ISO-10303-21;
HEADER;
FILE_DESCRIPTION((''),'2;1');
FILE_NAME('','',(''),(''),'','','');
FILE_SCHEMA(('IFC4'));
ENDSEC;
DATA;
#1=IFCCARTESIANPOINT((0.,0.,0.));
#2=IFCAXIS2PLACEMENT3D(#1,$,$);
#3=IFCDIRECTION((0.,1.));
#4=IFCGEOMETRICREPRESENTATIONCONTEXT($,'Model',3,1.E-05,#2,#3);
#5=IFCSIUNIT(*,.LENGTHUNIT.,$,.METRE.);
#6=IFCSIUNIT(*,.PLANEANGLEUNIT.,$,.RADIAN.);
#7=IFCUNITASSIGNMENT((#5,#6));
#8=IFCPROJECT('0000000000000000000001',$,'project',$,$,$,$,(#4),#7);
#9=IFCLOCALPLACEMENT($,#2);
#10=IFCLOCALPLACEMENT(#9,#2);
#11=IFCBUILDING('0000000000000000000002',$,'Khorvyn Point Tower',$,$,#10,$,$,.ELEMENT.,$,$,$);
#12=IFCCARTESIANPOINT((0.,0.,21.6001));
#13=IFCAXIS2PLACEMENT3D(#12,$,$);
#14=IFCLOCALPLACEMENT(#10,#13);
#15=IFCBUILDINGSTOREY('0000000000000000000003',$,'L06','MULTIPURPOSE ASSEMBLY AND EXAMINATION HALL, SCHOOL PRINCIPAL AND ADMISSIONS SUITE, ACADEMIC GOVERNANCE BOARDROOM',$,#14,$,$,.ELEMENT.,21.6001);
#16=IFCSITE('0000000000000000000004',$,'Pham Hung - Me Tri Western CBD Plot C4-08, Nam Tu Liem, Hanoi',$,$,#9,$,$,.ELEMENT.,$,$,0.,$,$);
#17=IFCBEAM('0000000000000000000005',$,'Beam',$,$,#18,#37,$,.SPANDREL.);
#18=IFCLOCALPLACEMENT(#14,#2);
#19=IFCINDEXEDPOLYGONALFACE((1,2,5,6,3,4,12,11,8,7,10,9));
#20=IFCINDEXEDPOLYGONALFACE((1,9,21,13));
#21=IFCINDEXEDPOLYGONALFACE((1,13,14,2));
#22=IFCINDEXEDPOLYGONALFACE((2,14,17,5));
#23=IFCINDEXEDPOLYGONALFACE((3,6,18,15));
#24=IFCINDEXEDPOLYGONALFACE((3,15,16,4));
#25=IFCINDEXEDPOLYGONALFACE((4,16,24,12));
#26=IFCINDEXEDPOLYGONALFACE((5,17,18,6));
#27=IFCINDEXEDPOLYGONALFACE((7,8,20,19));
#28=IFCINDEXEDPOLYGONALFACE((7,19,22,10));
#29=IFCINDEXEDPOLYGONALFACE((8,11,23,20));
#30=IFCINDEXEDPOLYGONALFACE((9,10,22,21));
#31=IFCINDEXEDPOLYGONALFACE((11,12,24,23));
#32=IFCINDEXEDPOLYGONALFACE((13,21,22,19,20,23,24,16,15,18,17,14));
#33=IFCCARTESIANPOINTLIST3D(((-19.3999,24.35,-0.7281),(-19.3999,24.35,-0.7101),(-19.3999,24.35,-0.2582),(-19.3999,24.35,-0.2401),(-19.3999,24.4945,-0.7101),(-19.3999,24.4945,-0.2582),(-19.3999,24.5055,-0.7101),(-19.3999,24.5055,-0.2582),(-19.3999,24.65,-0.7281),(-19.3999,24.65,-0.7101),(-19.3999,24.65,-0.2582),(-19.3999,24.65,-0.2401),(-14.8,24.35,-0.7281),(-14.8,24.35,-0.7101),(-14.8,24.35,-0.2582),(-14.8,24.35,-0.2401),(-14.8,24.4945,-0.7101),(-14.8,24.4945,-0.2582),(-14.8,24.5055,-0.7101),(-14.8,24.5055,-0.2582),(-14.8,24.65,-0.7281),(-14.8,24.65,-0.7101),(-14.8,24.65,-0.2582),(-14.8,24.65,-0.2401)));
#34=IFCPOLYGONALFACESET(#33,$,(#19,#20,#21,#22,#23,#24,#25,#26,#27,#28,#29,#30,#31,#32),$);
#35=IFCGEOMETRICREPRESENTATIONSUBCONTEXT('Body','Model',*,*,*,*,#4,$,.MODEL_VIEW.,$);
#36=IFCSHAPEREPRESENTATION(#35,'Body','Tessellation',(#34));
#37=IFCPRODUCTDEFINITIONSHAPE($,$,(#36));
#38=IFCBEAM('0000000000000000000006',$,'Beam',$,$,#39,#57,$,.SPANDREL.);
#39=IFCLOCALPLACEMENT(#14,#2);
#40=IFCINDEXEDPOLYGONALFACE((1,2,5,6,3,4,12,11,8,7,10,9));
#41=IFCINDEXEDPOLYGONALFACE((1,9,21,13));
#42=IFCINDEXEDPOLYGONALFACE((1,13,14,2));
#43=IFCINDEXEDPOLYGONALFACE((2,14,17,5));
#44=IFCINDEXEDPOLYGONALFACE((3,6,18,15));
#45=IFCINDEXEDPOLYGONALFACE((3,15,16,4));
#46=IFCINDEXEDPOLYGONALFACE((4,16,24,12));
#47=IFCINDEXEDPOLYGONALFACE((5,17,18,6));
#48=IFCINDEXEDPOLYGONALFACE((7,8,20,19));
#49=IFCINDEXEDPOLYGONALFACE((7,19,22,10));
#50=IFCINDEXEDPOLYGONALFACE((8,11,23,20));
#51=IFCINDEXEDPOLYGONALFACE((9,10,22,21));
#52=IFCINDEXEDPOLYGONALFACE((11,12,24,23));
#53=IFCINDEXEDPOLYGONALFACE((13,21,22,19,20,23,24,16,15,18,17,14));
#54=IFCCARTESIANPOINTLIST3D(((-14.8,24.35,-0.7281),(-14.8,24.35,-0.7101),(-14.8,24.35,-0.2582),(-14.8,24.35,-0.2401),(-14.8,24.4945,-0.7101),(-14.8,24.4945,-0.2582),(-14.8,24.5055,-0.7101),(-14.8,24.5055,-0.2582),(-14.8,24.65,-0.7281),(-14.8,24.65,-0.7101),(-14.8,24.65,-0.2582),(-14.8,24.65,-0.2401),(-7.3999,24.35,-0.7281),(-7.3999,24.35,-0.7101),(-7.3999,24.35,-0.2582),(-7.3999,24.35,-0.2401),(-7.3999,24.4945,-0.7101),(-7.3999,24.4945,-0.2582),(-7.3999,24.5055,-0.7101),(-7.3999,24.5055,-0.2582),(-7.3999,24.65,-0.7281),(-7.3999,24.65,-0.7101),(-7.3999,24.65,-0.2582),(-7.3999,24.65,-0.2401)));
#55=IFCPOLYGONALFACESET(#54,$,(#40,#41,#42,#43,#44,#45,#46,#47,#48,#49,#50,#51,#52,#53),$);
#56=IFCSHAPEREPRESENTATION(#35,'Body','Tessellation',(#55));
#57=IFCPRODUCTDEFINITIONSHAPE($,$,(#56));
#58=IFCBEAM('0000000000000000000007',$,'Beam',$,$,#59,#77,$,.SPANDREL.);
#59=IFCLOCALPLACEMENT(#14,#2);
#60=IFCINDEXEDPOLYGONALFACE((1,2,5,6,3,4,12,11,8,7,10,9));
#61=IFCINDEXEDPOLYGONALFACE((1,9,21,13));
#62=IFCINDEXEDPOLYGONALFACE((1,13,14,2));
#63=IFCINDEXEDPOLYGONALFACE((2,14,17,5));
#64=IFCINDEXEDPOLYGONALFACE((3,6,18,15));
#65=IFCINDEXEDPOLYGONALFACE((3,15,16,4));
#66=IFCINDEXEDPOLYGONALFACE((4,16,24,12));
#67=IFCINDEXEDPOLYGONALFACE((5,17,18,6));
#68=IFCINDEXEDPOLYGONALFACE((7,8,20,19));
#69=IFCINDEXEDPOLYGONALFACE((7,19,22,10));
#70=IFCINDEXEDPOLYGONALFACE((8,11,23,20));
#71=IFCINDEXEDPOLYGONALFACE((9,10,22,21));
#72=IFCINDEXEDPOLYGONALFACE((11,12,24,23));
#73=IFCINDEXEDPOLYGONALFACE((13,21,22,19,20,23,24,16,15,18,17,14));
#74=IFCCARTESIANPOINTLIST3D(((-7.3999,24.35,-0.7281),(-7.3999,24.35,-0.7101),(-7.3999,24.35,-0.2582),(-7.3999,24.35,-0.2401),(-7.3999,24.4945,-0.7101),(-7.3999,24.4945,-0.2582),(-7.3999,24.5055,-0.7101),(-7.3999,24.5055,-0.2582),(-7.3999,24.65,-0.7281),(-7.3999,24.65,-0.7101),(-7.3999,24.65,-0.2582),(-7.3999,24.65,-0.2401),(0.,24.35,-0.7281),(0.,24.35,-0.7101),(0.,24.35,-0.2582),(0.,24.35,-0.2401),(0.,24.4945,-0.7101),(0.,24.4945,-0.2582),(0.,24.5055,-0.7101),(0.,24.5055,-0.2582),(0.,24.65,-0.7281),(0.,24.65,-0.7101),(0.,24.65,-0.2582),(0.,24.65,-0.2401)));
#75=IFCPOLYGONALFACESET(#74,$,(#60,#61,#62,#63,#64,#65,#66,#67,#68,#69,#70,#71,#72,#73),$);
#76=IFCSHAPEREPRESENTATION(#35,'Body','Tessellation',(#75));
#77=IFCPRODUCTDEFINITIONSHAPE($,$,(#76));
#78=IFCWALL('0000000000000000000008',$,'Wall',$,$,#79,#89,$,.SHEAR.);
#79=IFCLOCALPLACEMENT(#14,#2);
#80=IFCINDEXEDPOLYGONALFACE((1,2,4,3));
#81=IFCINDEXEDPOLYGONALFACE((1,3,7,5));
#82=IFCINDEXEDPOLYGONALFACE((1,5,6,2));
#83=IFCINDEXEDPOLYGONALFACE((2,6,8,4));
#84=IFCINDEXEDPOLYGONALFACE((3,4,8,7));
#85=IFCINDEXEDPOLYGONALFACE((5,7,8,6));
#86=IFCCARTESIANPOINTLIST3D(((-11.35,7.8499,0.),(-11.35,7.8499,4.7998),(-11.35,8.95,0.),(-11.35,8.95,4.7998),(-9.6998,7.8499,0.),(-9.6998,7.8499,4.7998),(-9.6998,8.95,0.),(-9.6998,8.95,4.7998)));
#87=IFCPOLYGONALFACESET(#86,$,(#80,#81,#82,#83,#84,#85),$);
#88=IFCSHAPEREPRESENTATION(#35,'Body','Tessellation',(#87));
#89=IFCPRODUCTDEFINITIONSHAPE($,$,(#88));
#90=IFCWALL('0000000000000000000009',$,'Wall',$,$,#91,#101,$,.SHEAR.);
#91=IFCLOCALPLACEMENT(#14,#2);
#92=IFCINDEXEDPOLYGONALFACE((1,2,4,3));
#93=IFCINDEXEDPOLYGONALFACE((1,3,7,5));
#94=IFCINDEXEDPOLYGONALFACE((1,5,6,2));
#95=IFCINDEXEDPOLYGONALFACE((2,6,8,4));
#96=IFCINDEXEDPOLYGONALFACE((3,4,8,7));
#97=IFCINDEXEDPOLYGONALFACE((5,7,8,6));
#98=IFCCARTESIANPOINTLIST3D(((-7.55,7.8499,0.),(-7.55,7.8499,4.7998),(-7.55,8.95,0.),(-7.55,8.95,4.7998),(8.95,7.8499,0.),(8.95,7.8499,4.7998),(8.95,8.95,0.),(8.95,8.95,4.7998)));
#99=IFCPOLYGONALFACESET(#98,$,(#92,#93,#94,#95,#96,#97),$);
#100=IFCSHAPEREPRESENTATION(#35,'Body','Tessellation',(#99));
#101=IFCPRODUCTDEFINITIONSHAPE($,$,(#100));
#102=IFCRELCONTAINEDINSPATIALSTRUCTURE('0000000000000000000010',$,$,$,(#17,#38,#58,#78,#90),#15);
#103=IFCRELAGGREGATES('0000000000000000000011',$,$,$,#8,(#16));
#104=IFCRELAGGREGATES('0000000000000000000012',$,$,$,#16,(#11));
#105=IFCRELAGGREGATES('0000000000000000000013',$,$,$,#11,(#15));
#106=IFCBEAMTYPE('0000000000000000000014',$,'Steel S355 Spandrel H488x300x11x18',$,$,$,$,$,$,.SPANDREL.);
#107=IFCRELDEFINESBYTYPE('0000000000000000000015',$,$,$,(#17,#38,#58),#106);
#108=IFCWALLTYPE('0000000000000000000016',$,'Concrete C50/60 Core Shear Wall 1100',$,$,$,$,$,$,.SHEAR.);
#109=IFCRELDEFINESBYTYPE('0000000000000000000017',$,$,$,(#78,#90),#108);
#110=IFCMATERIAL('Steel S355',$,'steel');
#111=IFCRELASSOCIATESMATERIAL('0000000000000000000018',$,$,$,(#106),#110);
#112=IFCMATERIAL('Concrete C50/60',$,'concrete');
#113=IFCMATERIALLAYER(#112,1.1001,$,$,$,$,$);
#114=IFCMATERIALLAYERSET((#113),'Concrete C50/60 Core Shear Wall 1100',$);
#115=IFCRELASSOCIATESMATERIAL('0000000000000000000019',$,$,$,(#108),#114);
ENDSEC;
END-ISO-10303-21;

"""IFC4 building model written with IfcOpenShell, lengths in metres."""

from ifc_helpers import new_model, si_unit, direction, frame, frame_2d, origin, origin_2d, place, context, subcontext, project, spatial, rectangle, i_section, extrude, material, layer, layer_set, material_profile, profile_set, type_object, element, save


model = new_model("IFC4")

# Units and contexts
model_context = context("Model", 3, precision=1e-05, world=origin(), true_north=direction((0.0, 1.0)))
body_context = subcontext(model_context, "Body", "Model", "MODEL_VIEW")
ifc_project = project(units=[si_unit("LENGTHUNIT", "METRE"), si_unit("PLANEANGLEUNIT", "RADIAN")], contexts=[model_context])

# Site, building, storey
site_placement = place(None, origin())
site = spatial("IfcSite", under=ifc_project, at=site_placement, Name="Pham Hung - Me Tri Western CBD Plot C4-08, Nam Tu Liem, Hanoi", CompositionType="ELEMENT", RefElevation=0.0)
building_placement = place(site_placement, origin())
building = spatial("IfcBuilding", under=site, at=building_placement, Name="Khorvyn Point Tower", CompositionType="ELEMENT")
storey_placement = place(building_placement, frame((0.0, 0.0, 21.6001)))
storey = spatial("IfcBuildingStorey", under=building, at=storey_placement, Name="L06", Description="MULTIPURPOSE ASSEMBLY AND EXAMINATION HALL, SCHOOL PRINCIPAL AND ADMISSIONS SUITE, ACADEMIC GOVERNANCE BOARDROOM", CompositionType="ELEMENT", Elevation=21.6001)

# Shared definitions
ifc_material_1 = material(Name="Concrete C50/60", Category="concrete")

# Beams
ifc_material_2 = material(Name="Steel S355", Category="steel")
ifc_material_profile_1 = material_profile(ifc_material_2, i_section(OverallWidth=0.3, OverallDepth=0.488, WebThickness=0.011, FlangeThickness=0.0181, at=origin_2d()))
ifc_profile_set_1 = profile_set([ifc_material_profile_1], Name="Steel S355 H488x300x11x18")
beam_type_1 = type_object("IfcBeamType", Name="Steel S355 Spandrel H488x300x11x18", PredefinedType="SPANDREL", material=ifc_profile_set_1)
beam_1_placement = place(storey_placement, frame((-19.3999, 24.5, -0.4841), z_axis=(1.0, 0.0, 0.0), x_axis=(0.0, 1.0, 0.0)))
element("IfcBeam", 1, at=beam_1_placement, inside=storey, type_object=beam_type_1, Name="Beam", PredefinedType="SPANDREL", context=body_context, shape_type="SweptSolid", body=[
    extrude(i_section(OverallWidth=0.3, OverallDepth=0.488, WebThickness=0.011, FlangeThickness=0.0181, at=origin_2d()), origin(), (0.0, 0.0, 1.0), 4.5999),
])
beam_2_placement = place(storey_placement, frame((-14.8, 24.5, -0.4841), z_axis=(1.0, 0.0, 0.0), x_axis=(0.0, 1.0, 0.0)))
element("IfcBeam", 2, at=beam_2_placement, inside=storey, type_object=beam_type_1, Name="Beam", PredefinedType="SPANDREL", context=body_context, shape_type="SweptSolid", body=[
    extrude(i_section(OverallWidth=0.3, OverallDepth=0.488, WebThickness=0.011, FlangeThickness=0.0181, at=origin_2d()), origin(), (0.0, 0.0, 1.0), 7.4001),
])
beam_3_placement = place(storey_placement, frame((-7.3999, 24.5, -0.4841), z_axis=(1.0, 0.0, 0.0), x_axis=(0.0, 1.0, 0.0)))
element("IfcBeam", 3, at=beam_3_placement, inside=storey, type_object=beam_type_1, Name="Beam", PredefinedType="SPANDREL", context=body_context, shape_type="SweptSolid", body=[
    extrude(i_section(OverallWidth=0.3, OverallDepth=0.488, WebThickness=0.011, FlangeThickness=0.0181, at=origin_2d()), origin(), (0.0, 0.0, 1.0), 7.3999),
])

# Walls
ifc_layer_1 = layer(ifc_material_1, 1.1001)
ifc_layer_set_1 = layer_set([ifc_layer_1], Name="Concrete C50/60 Core Shear Wall 1100")
wall_type_1 = type_object("IfcWallType", Name="Concrete C50/60 Core Shear Wall 1100", PredefinedType="SHEAR", material=ifc_layer_set_1)
wall_1_placement = place(storey_placement, frame((-11.3501, 8.3999, 0.0), z_axis=(0.0, 0.0, 1.0), x_axis=(1.0, 0.0, 0.0)))
element("IfcWall", 4, at=wall_1_placement, inside=storey, type_object=wall_type_1, Name="Wall", PredefinedType="SHEAR", context=body_context, shape_type="SweptSolid", body=[
    extrude(rectangle(XDim=1.6501, YDim=1.1001, at=frame_2d((0.8252, 0.0))), origin(), (0.0, 0.0, 1.0), 4.7998),
])
wall_2_placement = place(storey_placement, frame((-7.55, 8.3999, 0.0), z_axis=(0.0, 0.0, 1.0), x_axis=(1.0, 0.0, 0.0)))
element("IfcWall", 5, at=wall_2_placement, inside=storey, type_object=wall_type_1, Name="Wall", PredefinedType="SHEAR", context=body_context, shape_type="SweptSolid", body=[
    extrude(rectangle(XDim=16.5, YDim=1.1001, at=frame_2d((8.25, 0.0))), origin(), (0.0, 0.0, 1.0), 4.7998),
])

save(model, "model.ifc")
